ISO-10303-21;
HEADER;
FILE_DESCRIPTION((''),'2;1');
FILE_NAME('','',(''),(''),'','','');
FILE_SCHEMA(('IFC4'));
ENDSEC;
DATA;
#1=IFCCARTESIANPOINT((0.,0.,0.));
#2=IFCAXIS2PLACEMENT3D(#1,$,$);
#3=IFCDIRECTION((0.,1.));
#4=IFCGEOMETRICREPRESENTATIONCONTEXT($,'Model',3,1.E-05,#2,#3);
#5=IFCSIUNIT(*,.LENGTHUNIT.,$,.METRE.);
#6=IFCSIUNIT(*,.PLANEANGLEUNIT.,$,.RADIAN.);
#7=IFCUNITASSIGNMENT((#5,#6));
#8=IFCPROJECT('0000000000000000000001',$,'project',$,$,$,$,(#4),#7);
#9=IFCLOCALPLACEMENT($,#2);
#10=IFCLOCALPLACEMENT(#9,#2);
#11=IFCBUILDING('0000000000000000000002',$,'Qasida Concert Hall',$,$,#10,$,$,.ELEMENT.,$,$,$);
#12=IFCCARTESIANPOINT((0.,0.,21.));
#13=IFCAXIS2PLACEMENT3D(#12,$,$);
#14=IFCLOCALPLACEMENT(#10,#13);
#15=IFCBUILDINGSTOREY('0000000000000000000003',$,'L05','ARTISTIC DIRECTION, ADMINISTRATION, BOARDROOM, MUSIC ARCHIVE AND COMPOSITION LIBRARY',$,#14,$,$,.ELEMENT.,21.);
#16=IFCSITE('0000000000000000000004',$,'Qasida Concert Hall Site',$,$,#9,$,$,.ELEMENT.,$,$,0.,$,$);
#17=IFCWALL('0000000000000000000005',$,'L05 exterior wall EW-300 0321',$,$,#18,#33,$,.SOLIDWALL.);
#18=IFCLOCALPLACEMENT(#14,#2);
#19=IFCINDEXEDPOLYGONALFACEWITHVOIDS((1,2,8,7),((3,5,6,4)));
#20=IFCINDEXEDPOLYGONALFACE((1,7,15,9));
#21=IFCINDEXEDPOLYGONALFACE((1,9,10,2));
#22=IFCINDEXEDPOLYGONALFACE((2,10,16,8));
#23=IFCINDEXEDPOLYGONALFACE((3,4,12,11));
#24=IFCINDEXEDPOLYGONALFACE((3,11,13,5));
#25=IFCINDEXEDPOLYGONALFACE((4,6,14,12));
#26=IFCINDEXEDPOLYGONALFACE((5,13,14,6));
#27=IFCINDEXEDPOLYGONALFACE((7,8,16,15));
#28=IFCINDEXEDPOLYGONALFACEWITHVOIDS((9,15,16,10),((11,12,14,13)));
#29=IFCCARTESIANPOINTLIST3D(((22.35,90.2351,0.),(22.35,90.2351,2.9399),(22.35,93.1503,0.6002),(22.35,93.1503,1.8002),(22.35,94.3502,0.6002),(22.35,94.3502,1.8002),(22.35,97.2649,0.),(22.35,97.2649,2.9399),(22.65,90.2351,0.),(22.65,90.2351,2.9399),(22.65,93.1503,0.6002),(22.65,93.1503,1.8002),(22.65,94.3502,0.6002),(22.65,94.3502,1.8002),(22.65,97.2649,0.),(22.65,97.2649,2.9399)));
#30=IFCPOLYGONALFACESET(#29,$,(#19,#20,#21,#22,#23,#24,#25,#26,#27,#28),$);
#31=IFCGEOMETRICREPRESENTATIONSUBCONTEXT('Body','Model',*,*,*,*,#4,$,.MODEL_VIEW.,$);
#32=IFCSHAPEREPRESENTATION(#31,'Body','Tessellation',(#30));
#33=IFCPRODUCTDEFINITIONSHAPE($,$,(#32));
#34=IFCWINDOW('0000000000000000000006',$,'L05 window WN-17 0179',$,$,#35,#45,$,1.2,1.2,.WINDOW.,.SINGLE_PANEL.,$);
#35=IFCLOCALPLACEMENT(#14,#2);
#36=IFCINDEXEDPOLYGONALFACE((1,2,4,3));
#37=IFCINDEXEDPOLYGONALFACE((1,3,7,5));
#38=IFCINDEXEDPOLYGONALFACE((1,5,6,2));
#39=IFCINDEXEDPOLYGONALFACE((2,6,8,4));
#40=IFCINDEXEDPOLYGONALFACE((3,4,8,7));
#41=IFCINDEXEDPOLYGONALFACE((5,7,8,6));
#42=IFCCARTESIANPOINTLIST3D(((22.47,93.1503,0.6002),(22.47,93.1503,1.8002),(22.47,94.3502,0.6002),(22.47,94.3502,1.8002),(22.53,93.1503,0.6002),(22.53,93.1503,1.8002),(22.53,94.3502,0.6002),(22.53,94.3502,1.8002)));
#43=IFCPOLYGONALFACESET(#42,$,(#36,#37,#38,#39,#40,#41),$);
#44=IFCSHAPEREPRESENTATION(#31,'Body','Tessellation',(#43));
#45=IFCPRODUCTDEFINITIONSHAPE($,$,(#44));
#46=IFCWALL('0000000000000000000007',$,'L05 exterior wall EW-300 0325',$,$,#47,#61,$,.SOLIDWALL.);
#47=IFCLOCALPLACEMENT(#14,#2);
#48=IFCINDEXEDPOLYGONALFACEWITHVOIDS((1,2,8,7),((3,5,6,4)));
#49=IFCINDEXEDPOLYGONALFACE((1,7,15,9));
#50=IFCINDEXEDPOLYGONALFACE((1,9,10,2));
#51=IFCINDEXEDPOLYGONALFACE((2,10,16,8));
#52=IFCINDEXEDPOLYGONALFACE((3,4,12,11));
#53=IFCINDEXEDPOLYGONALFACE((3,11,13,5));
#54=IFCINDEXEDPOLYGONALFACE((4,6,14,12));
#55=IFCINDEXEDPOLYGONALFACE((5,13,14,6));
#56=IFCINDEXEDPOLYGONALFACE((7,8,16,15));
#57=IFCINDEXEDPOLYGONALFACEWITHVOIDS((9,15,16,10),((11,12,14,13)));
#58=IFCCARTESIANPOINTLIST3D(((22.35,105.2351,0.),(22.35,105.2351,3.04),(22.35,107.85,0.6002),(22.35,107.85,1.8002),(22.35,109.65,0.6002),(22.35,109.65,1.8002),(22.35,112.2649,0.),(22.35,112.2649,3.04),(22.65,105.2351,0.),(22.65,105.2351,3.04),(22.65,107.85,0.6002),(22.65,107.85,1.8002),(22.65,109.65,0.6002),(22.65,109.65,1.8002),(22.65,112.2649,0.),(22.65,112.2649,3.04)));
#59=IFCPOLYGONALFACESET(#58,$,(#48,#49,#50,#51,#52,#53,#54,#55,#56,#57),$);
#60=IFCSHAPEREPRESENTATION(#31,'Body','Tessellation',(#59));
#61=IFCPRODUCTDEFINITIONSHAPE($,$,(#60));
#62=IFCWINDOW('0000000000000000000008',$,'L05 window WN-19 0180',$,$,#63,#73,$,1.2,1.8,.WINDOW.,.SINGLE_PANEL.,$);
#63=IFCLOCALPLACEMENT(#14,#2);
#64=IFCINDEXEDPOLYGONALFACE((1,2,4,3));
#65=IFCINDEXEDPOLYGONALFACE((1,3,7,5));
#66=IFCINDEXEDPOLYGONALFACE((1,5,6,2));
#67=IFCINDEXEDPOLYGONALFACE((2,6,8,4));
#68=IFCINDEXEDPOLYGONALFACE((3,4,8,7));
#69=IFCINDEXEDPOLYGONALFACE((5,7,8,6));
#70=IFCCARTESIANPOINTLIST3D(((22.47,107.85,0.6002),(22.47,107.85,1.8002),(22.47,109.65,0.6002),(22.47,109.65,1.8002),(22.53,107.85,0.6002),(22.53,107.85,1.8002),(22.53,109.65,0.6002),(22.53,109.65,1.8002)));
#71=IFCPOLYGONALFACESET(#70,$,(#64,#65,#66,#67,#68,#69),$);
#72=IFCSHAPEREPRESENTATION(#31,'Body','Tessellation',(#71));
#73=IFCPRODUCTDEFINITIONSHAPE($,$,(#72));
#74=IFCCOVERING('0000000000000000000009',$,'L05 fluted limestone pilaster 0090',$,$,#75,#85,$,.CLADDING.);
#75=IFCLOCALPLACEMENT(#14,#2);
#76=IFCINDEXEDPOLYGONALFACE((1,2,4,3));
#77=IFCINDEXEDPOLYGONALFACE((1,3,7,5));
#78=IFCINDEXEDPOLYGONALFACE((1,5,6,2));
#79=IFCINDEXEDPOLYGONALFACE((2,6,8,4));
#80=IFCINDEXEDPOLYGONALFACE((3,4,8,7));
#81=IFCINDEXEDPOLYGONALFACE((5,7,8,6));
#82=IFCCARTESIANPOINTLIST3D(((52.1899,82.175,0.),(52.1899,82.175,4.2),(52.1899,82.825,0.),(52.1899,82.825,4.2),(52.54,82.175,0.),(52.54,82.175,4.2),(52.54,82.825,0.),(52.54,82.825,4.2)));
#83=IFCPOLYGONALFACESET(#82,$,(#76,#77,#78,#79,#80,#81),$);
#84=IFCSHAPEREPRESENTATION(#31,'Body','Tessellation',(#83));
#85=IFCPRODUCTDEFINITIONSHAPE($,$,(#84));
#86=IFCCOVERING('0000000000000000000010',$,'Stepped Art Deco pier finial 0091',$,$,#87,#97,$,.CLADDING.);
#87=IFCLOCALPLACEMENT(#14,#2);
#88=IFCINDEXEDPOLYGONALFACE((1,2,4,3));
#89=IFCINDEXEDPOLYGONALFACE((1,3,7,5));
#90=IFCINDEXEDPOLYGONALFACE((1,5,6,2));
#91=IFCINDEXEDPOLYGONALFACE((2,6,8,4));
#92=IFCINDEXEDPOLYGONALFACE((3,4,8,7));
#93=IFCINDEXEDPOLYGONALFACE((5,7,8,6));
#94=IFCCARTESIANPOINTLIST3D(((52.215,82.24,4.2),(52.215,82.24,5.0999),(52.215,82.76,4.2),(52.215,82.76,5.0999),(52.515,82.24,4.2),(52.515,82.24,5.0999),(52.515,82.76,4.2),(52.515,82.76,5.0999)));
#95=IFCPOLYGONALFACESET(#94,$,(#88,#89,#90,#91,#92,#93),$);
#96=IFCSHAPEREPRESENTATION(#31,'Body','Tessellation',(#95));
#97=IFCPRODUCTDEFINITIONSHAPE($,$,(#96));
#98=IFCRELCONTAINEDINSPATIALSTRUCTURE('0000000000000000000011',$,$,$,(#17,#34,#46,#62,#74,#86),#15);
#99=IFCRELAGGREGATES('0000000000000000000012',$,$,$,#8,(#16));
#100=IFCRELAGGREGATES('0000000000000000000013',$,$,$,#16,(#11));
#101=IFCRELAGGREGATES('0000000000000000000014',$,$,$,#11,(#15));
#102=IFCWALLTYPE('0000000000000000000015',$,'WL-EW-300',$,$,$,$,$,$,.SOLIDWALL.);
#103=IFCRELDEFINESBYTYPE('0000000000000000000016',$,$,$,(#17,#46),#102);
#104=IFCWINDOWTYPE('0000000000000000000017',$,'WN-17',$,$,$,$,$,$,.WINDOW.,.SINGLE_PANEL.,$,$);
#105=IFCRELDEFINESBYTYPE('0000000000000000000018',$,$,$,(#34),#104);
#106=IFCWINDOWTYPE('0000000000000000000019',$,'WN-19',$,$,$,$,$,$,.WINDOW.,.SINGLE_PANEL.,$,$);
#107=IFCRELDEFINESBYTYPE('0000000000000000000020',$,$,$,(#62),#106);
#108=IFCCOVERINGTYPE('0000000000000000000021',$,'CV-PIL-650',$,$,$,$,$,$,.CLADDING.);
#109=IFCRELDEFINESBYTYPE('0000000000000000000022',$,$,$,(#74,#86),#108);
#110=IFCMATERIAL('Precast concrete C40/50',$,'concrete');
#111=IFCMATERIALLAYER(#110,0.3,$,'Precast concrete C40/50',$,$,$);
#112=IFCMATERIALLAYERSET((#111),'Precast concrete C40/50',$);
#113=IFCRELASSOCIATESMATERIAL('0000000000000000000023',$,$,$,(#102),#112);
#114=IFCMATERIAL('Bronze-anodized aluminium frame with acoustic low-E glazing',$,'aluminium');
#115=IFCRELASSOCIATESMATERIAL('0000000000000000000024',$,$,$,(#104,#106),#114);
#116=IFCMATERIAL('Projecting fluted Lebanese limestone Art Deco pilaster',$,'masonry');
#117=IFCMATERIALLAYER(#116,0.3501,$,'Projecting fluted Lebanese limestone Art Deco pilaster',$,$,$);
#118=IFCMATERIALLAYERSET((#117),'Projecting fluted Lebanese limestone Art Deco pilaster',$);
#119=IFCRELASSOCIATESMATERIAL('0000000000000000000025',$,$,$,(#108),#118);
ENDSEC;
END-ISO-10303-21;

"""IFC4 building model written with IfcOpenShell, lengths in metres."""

from ifc_helpers import new_model, si_unit, direction, frame, frame_2d, origin, origin_2d, place, context, subcontext, project, spatial, rectangle, extrude, material, layer, layer_set, type_object, element, fill, save


model = new_model("IFC4")

# Units and contexts
model_context = context("Model", 3, precision=1e-05, world=origin(), true_north=direction((0.0, 1.0)))
body_context = subcontext(model_context, "Body", "Model", "MODEL_VIEW")
ifc_project = project(units=[si_unit("LENGTHUNIT", "METRE"), si_unit("PLANEANGLEUNIT", "RADIAN")], contexts=[model_context])

# Site, building, storey
site_placement = place(None, origin())
site = spatial("IfcSite", under=ifc_project, at=site_placement, Name="Qasida Concert Hall Site", CompositionType="ELEMENT", RefElevation=0.0)
building_placement = place(site_placement, origin())
building = spatial("IfcBuilding", under=site, at=building_placement, Name="Qasida Concert Hall", CompositionType="ELEMENT")
storey_placement = place(building_placement, frame((0.0, 0.0, 21.0)))
storey = spatial("IfcBuildingStorey", under=building, at=storey_placement, Name="L05", Description="ARTISTIC DIRECTION, ADMINISTRATION, BOARDROOM, MUSIC ARCHIVE AND COMPOSITION LIBRARY", CompositionType="ELEMENT", Elevation=21.0)

# Shared definitions
ifc_material_1 = material(Name="Precast concrete C40/50", Category="concrete")

# Walls, openings, windows
ifc_layer_1 = layer(ifc_material_1, 0.3, Name="Precast concrete C40/50")
ifc_layer_set_1 = layer_set([ifc_layer_1], Name="Precast concrete C40/50")
wall_type_1 = type_object("IfcWallType", Name="WL-EW-300", PredefinedType="SOLIDWALL", material=ifc_layer_set_1)
wall_1_placement = place(storey_placement, frame((22.5, 90.2351, 0.0), z_axis=(0.0, 0.0, 1.0), x_axis=(0.0, 1.0, 0.0)))
wall_1 = element("IfcWall", 1, at=wall_1_placement, inside=storey, type_object=wall_type_1, Name="L05 exterior wall EW-300 0321", PredefinedType="SOLIDWALL", context=body_context, shape_type="SweptSolid", body=[
    extrude(rectangle(XDim=7.0298, YDim=0.3, at=frame_2d((3.5149, 0.0))), origin(), (0.0, 0.0, 1.0), 2.9399),
])
opening_1_placement = place(wall_1_placement, frame((2.915, 0.0, 0.6001)))
opening_1 = element("IfcOpeningElement", 2, at=opening_1_placement, cuts=wall_1, PredefinedType="OPENING", context=body_context, shape_type="SweptSolid", body=[
    extrude(rectangle(XDim=1.2, YDim=1.2, at=frame_2d((0.6001, 0.6001))), frame((0.0, 0.1599, 0.0), z_axis=(0.0, -1.0, 0.0), x_axis=(1.0, 0.0, 0.0)), (0.0, 0.0, 1.0), 0.3201),
])
ifc_material_2 = material(Name="Bronze-anodized aluminium frame with acoustic low-E glazing", Category="aluminium")
window_type_1 = type_object("IfcWindowType", Name="WN-17", PartitioningType="SINGLE_PANEL", PredefinedType="WINDOW", material=ifc_material_2)
window_1_placement = place(opening_1_placement, origin())
window_1 = element("IfcWindow", 3, at=window_1_placement, inside=storey, type_object=window_type_1, Name="L05 window WN-17 0179", OverallHeight=1.2, OverallWidth=1.2, PartitioningType="SINGLE_PANEL", PredefinedType="WINDOW", context=body_context, shape_type="SweptSolid", body=[
    extrude(rectangle(XDim=1.2, YDim=1.2, at=frame_2d((0.6001, 0.6001))), frame((0.0, 0.03, 0.0), z_axis=(0.0, -1.0, 0.0), x_axis=(1.0, 0.0, 0.0)), (0.0, 0.0, 1.0), 0.0601),
])
fill(opening_1, window_1)
wall_2_placement = place(storey_placement, frame((22.5, 105.2351, 0.0), z_axis=(0.0, 0.0, 1.0), x_axis=(0.0, 1.0, 0.0)))
wall_2 = element("IfcWall", 4, at=wall_2_placement, inside=storey, type_object=wall_type_1, Name="L05 exterior wall EW-300 0325", PredefinedType="SOLIDWALL", context=body_context, shape_type="SweptSolid", body=[
    extrude(rectangle(XDim=7.0298, YDim=0.3, at=frame_2d((3.5149, 0.0))), origin(), (0.0, 0.0, 1.0), 3.04),
])
opening_2_placement = place(wall_2_placement, frame((2.615, 0.0, 0.6001)))
opening_2 = element("IfcOpeningElement", 5, at=opening_2_placement, cuts=wall_2, PredefinedType="OPENING", context=body_context, shape_type="SweptSolid", body=[
    extrude(rectangle(XDim=1.8, YDim=1.2, at=frame_2d((0.8999, 0.6001))), frame((0.0, 0.1599, 0.0), z_axis=(0.0, -1.0, 0.0), x_axis=(1.0, 0.0, 0.0)), (0.0, 0.0, 1.0), 0.3201),
])
window_type_2 = type_object("IfcWindowType", Name="WN-19", PartitioningType="SINGLE_PANEL", PredefinedType="WINDOW", material=ifc_material_2)
window_2_placement = place(opening_2_placement, origin())
window_2 = element("IfcWindow", 6, at=window_2_placement, inside=storey, type_object=window_type_2, Name="L05 window WN-19 0180", OverallHeight=1.2, OverallWidth=1.8, PartitioningType="SINGLE_PANEL", PredefinedType="WINDOW", context=body_context, shape_type="SweptSolid", body=[
    extrude(rectangle(XDim=1.8, YDim=1.2, at=frame_2d((0.8999, 0.6001))), frame((0.0, 0.03, 0.0), z_axis=(0.0, -1.0, 0.0), x_axis=(1.0, 0.0, 0.0)), (0.0, 0.0, 1.0), 0.0601),
])
fill(opening_2, window_2)

# Coverings
ifc_material_3 = material(Name="Projecting fluted Lebanese limestone Art Deco pilaster", Category="masonry")
ifc_layer_2 = layer(ifc_material_3, 0.3501, Name="Projecting fluted Lebanese limestone Art Deco pilaster")
ifc_layer_set_2 = layer_set([ifc_layer_2], Name="Projecting fluted Lebanese limestone Art Deco pilaster")
covering_type = type_object("IfcCoveringType", Name="CV-PIL-650", PredefinedType="CLADDING", material=ifc_layer_set_2)
covering_1_placement = place(storey_placement, frame((52.365, 82.5, 0.0), z_axis=(0.0, 0.0, 1.0), x_axis=(1.0, 0.0, 0.0)))
element("IfcCovering", 7, at=covering_1_placement, inside=storey, type_object=covering_type, Name="L05 fluted limestone pilaster 0090", PredefinedType="CLADDING", context=body_context, shape_type="SweptSolid", body=[
    extrude(rectangle(XDim=0.3501, YDim=0.6499, at=origin_2d()), origin(), (0.0, 0.0, 1.0), 4.2),
])
covering_2_placement = place(storey_placement, frame((52.365, 82.5, 4.2), z_axis=(0.0, 0.0, 1.0), x_axis=(1.0, 0.0, 0.0)))
element("IfcCovering", 8, at=covering_2_placement, inside=storey, type_object=covering_type, Name="Stepped Art Deco pier finial 0091", PredefinedType="CLADDING", context=body_context, shape_type="SweptSolid", body=[
    extrude(rectangle(XDim=0.3, YDim=0.52, at=origin_2d()), origin(), (0.0, 0.0, 1.0), 0.8999),
])

save(model, "model.ifc")
